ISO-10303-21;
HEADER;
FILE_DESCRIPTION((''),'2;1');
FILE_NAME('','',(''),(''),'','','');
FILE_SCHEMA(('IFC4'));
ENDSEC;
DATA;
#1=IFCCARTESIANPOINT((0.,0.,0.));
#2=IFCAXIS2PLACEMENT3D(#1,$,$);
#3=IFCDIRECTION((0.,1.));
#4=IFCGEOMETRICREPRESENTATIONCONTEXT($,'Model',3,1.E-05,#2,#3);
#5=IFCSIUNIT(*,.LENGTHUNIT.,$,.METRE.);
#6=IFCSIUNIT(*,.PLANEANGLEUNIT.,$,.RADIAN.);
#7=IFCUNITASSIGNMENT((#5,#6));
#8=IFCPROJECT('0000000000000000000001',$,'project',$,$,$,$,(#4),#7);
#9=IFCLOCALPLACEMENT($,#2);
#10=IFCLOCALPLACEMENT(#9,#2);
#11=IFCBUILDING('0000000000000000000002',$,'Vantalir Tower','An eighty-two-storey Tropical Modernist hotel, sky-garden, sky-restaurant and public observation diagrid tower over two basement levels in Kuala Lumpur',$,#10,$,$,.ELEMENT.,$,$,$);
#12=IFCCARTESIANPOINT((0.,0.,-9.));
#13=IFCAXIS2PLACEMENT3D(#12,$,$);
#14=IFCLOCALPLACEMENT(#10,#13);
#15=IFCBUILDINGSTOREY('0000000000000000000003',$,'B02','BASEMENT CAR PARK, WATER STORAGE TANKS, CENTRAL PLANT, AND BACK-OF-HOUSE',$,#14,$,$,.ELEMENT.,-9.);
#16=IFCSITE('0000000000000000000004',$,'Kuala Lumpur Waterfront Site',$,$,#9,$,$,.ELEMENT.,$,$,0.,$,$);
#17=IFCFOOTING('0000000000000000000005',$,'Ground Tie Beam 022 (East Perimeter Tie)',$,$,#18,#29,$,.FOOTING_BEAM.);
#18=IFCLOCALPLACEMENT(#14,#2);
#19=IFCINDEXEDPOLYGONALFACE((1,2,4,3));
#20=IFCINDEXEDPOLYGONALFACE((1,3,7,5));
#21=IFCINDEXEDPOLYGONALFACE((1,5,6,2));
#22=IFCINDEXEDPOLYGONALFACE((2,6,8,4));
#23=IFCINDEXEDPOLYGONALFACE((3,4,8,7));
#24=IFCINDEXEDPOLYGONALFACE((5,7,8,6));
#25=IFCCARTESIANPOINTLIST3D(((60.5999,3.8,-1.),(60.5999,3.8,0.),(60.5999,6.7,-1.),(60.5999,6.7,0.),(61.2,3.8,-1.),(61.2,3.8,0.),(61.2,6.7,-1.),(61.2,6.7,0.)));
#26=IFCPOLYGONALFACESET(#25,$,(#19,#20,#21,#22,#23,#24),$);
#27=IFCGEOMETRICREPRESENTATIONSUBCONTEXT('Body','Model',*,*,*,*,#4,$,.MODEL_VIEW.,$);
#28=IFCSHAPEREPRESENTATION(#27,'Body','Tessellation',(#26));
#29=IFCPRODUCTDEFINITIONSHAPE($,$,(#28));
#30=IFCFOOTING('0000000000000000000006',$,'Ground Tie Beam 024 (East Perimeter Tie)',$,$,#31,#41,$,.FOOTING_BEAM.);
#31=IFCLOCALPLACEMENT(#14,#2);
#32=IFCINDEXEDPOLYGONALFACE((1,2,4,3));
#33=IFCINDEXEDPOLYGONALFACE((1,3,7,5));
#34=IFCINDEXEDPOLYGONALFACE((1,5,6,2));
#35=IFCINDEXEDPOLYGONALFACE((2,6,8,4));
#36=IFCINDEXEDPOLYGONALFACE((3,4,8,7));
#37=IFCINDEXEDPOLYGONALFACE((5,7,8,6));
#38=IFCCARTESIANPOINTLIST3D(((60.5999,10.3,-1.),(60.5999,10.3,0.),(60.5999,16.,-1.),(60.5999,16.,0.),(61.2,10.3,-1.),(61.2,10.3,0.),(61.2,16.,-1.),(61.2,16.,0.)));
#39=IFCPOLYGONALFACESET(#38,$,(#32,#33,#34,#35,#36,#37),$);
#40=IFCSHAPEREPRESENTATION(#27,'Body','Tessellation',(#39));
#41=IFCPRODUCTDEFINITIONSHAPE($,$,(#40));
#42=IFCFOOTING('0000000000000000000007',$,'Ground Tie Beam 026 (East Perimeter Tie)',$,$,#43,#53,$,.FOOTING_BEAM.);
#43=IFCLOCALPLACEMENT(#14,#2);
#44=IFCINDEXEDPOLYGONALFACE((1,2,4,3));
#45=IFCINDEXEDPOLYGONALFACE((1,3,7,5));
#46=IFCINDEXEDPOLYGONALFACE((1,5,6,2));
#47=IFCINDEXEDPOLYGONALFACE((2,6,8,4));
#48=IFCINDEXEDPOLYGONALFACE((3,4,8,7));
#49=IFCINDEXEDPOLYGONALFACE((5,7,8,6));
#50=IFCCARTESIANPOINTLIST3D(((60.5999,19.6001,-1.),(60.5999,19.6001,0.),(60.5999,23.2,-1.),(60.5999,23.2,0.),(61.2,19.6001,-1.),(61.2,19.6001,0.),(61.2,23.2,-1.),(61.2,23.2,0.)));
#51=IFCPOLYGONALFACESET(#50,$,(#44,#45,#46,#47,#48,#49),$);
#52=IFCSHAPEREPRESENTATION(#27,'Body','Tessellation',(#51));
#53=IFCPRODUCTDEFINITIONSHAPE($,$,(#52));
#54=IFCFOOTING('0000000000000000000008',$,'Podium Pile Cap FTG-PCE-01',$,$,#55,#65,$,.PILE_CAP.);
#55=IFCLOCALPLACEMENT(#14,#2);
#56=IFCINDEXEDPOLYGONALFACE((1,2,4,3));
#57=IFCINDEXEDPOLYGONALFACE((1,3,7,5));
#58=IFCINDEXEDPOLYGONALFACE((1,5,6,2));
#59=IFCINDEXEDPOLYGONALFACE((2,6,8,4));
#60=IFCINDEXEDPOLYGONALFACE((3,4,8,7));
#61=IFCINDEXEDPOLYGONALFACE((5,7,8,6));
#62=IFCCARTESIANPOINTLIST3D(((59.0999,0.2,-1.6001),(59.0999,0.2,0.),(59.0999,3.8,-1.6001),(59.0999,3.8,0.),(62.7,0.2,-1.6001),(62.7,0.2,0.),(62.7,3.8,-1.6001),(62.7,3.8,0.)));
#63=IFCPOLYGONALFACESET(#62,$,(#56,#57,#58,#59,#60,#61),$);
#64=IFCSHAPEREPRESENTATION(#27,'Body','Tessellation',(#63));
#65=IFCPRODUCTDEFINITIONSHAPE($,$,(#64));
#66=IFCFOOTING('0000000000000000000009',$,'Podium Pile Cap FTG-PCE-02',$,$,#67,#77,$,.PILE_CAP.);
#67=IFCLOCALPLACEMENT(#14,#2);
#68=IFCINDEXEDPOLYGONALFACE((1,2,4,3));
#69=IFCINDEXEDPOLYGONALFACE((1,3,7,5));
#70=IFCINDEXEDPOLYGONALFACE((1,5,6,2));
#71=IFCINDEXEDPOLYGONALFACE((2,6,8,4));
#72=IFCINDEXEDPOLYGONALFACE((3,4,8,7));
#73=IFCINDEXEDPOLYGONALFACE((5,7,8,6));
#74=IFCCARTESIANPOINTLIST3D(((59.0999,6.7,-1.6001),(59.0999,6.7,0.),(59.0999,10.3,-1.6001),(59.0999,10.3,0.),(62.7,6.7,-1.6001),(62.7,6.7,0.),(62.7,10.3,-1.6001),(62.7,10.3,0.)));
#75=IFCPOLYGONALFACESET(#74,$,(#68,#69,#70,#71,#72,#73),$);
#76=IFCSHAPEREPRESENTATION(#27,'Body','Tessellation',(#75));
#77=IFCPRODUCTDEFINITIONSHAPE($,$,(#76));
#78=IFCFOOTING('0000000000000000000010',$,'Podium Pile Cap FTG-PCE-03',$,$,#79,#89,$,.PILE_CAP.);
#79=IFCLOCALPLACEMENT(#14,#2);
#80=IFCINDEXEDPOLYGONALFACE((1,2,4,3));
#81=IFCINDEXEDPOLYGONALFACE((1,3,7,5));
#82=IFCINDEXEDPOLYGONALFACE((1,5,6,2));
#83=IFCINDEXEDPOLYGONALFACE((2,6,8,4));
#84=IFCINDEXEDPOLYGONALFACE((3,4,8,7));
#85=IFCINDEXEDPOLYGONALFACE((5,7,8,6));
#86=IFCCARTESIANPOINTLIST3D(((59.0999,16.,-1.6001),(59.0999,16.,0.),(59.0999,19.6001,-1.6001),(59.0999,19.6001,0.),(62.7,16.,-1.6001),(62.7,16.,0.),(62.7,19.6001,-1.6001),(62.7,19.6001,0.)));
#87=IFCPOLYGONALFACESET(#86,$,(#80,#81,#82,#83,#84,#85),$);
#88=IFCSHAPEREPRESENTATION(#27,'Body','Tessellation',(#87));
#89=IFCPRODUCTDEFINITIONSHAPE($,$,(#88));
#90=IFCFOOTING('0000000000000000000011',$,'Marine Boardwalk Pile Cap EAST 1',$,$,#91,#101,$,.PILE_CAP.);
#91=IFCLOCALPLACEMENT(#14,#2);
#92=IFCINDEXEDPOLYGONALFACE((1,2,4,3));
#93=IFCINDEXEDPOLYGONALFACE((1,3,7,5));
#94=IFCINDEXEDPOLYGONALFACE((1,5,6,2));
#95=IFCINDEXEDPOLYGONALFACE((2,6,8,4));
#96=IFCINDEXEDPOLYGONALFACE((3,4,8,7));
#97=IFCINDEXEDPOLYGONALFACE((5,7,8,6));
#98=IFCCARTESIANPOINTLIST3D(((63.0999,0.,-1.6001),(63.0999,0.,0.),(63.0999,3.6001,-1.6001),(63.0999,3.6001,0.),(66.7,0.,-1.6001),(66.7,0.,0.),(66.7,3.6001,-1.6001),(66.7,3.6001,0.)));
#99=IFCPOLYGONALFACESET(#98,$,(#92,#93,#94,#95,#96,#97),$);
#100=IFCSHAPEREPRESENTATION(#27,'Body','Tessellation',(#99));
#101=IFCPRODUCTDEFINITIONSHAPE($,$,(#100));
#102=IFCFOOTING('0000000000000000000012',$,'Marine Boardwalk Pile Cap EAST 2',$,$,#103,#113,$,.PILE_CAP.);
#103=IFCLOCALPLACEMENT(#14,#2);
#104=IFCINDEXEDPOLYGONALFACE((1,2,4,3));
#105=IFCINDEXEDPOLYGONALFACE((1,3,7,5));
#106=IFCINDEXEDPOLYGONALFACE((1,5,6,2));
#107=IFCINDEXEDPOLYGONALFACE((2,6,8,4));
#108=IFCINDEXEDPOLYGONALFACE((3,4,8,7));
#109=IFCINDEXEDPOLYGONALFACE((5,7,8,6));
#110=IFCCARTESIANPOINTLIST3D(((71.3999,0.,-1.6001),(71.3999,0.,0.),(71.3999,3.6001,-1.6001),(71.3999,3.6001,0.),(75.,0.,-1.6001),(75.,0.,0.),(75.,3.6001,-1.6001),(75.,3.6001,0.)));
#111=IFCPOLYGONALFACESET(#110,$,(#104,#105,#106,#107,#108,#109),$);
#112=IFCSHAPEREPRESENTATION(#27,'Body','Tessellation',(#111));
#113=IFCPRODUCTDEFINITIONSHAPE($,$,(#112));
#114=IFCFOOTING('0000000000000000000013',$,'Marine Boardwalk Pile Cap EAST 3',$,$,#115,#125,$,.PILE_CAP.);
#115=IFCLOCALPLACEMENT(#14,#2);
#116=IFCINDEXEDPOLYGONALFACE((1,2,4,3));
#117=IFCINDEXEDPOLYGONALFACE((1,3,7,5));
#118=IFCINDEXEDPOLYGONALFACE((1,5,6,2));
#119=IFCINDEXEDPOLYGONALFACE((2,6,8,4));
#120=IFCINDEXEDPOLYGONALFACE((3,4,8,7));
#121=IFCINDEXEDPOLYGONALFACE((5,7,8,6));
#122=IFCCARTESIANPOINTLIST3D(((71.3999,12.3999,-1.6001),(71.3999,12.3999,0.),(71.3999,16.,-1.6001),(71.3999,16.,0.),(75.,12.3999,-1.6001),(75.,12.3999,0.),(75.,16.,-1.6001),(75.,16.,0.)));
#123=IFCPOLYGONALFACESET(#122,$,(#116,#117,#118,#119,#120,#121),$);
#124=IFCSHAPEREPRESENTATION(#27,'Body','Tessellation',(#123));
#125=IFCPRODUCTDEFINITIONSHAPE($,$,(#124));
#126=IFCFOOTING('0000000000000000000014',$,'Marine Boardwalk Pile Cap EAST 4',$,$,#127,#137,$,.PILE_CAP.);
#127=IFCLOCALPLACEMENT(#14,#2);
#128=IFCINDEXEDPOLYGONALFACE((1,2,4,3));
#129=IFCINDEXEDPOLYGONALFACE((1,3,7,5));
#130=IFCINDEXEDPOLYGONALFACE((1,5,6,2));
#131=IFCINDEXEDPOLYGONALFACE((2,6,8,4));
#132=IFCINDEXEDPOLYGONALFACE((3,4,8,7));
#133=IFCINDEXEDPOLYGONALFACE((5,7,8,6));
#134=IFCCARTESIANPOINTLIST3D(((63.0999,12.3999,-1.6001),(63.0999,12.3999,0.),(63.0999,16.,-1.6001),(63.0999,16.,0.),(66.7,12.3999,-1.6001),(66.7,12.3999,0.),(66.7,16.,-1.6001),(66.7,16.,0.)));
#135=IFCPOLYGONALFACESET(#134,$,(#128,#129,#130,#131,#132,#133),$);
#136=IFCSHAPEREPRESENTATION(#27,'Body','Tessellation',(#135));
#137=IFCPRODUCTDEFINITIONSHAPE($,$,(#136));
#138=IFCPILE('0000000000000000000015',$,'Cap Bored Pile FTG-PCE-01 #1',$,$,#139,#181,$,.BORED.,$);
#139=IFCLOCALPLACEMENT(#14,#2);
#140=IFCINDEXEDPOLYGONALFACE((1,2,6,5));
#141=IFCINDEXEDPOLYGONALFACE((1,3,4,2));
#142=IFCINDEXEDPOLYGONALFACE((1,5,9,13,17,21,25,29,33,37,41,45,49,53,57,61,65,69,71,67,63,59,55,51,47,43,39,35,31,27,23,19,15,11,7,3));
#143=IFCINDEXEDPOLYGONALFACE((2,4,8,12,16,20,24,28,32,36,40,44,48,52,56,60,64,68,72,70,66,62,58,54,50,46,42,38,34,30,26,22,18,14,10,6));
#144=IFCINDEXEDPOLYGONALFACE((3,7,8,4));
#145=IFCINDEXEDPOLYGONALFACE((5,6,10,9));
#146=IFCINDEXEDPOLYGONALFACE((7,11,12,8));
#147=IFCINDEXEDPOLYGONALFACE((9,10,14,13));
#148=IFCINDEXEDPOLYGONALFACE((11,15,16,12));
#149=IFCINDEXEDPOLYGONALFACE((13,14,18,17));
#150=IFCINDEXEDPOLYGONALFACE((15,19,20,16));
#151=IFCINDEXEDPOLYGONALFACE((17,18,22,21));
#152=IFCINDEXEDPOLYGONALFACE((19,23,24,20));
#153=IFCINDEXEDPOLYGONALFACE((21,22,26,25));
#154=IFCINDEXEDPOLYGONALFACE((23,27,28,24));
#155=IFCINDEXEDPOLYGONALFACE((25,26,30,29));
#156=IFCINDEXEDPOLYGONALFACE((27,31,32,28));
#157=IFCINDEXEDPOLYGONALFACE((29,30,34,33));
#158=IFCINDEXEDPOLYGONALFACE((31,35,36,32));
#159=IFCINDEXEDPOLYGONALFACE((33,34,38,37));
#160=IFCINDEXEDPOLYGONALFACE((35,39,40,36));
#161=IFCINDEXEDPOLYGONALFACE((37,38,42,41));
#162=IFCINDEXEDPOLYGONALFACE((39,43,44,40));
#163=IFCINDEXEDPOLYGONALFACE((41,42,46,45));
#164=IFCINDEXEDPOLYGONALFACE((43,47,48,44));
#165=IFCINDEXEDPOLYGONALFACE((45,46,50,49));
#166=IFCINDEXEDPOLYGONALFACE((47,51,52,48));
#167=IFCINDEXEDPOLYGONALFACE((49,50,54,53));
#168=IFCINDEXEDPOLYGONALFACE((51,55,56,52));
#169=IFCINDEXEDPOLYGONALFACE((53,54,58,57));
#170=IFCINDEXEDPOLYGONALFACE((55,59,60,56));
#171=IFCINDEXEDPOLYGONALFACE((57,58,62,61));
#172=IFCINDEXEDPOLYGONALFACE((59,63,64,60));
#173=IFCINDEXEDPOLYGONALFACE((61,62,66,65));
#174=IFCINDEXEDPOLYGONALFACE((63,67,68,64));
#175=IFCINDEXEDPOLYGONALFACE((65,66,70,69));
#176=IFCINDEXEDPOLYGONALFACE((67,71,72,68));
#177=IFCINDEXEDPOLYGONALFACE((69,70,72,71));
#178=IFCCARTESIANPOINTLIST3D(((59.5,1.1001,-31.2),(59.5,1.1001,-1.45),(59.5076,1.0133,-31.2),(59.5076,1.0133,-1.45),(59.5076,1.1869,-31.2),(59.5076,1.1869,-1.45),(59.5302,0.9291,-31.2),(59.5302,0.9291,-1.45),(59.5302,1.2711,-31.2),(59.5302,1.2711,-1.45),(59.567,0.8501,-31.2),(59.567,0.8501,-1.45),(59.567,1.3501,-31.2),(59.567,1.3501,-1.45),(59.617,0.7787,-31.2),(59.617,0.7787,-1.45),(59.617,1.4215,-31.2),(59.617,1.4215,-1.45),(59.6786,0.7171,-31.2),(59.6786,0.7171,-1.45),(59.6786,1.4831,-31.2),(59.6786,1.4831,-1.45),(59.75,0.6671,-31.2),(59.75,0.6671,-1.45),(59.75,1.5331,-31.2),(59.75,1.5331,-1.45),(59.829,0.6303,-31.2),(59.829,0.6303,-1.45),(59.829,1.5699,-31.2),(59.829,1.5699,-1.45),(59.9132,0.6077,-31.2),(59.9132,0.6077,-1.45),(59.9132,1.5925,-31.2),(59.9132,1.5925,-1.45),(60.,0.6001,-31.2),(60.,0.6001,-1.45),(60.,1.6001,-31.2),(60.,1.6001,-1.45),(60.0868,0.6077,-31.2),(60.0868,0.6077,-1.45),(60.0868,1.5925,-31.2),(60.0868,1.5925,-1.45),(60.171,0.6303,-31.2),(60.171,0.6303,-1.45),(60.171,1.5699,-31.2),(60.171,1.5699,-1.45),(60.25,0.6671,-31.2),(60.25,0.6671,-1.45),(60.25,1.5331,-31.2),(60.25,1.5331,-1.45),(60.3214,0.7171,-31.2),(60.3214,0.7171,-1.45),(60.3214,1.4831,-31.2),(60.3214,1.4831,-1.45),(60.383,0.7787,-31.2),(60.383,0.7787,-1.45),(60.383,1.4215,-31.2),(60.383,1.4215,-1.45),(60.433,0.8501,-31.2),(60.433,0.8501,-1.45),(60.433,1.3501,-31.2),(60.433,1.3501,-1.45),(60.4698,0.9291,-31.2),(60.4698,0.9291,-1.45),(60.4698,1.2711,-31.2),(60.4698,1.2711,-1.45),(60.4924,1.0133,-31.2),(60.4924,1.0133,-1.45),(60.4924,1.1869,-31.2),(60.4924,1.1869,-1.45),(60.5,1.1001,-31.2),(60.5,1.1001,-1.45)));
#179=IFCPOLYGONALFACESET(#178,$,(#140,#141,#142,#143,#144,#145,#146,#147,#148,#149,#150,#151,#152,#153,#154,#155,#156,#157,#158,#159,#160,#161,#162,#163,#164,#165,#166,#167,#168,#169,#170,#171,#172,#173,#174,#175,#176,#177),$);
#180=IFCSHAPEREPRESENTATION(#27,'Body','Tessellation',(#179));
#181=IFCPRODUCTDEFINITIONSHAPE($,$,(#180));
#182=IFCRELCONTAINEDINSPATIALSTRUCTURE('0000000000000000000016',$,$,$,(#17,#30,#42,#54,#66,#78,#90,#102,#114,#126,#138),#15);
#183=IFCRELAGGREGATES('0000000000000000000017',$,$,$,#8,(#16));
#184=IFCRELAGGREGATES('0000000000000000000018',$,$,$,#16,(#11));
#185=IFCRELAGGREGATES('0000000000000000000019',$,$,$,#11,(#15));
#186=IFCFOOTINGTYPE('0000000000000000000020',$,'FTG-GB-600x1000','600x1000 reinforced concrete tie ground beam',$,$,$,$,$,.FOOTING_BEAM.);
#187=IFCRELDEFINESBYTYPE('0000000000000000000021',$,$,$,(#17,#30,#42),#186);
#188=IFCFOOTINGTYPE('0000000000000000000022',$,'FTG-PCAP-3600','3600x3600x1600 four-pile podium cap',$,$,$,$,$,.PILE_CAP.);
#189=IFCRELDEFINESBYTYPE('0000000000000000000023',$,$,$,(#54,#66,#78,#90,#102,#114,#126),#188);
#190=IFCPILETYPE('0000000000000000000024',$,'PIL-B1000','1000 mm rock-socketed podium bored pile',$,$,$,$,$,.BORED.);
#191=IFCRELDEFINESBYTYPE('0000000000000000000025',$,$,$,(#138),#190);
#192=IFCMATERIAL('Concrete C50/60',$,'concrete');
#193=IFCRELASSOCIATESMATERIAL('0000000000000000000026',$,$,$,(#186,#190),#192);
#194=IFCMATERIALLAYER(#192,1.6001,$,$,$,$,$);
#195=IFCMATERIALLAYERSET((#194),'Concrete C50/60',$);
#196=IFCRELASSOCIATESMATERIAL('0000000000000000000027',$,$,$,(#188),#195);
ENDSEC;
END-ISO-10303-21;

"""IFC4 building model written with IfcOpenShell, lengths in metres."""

from ifc_helpers import new_model, si_unit, direction, frame, origin, origin_2d, place, context, subcontext, project, spatial, rectangle, circle, extrude, material, layer, layer_set, material_profile, profile_set, type_object, element, save


model = new_model("IFC4")

# Units and contexts
model_context = context("Model", 3, precision=1e-05, world=origin(), true_north=direction((0.0, 1.0)))
body_context = subcontext(model_context, "Body", "Model", "MODEL_VIEW")
ifc_project = project(units=[si_unit("LENGTHUNIT", "METRE"), si_unit("PLANEANGLEUNIT", "RADIAN")], contexts=[model_context])

# Site, building, storey
site_placement = place(None, origin())
site = spatial("IfcSite", under=ifc_project, at=site_placement, Name="Kuala Lumpur Waterfront Site", CompositionType="ELEMENT", RefElevation=0.0)
building_placement = place(site_placement, origin())
building = spatial("IfcBuilding", under=site, at=building_placement, Name="Vantalir Tower", Description="An eighty-two-storey Tropical Modernist hotel, sky-garden, sky-restaurant and public observation diagrid tower over two basement levels in Kuala Lumpur", CompositionType="ELEMENT")
storey_placement = place(building_placement, frame((0.0, 0.0, -9.0)))
storey = spatial("IfcBuildingStorey", under=building, at=storey_placement, Name="B02", Description="BASEMENT CAR PARK, WATER STORAGE TANKS, CENTRAL PLANT, AND BACK-OF-HOUSE", CompositionType="ELEMENT", Elevation=-9.0)

# Footings
ifc_material_1 = material(Name="Concrete C50/60", Category="concrete")
ifc_material_profile_1 = material_profile(ifc_material_1, rectangle(XDim=0.6001, YDim=1.0, at=origin_2d()), Name="Concrete C50/60")
ifc_profile_set_1 = profile_set([ifc_material_profile_1], Name="Concrete C50/60")
footing_type_1 = type_object("IfcFootingType", Name="FTG-GB-600x1000", Description="600x1000 reinforced concrete tie ground beam", PredefinedType="FOOTING_BEAM", material=ifc_profile_set_1)
footing_1_placement = place(storey_placement, frame((60.8999, 3.8, -0.5), z_axis=(0.0, 1.0, 0.0), x_axis=(-1.0, 0.0, 0.0)))
element("IfcFooting", 1, at=footing_1_placement, inside=storey, type_object=footing_type_1, Name="Ground Tie Beam 022 (East Perimeter Tie)", PredefinedType="FOOTING_BEAM", context=body_context, shape_type="SweptSolid", body=[
    extrude(rectangle(XDim=0.6001, YDim=1.0, at=origin_2d()), origin(), (0.0, 0.0, 1.0), 2.8999),
])
footing_2_placement = place(storey_placement, frame((60.8999, 10.3, -0.5), z_axis=(0.0, 1.0, 0.0), x_axis=(-1.0, 0.0, 0.0)))
element("IfcFooting", 2, at=footing_2_placement, inside=storey, type_object=footing_type_1, Name="Ground Tie Beam 024 (East Perimeter Tie)", PredefinedType="FOOTING_BEAM", context=body_context, shape_type="SweptSolid", body=[
    extrude(rectangle(XDim=0.6001, YDim=1.0, at=origin_2d()), origin(), (0.0, 0.0, 1.0), 5.7),
])
footing_3_placement = place(storey_placement, frame((60.8999, 19.6001, -0.5), z_axis=(0.0, 1.0, 0.0), x_axis=(-1.0, 0.0, 0.0)))
element("IfcFooting", 3, at=footing_3_placement, inside=storey, type_object=footing_type_1, Name="Ground Tie Beam 026 (East Perimeter Tie)", PredefinedType="FOOTING_BEAM", context=body_context, shape_type="SweptSolid", body=[
    extrude(rectangle(XDim=0.6001, YDim=1.0, at=origin_2d()), origin(), (0.0, 0.0, 1.0), 3.5999),
])
ifc_layer_1 = layer(ifc_material_1, 1.6001)
ifc_layer_set_1 = layer_set([ifc_layer_1], Name="Concrete C50/60")
footing_type_2 = type_object("IfcFootingType", Name="FTG-PCAP-3600", Description="3600x3600x1600 four-pile podium cap", PredefinedType="PILE_CAP", material=ifc_layer_set_1)
for number, where, z_axis, x_axis, name in (
    (4, (60.8999, 2.0, -1.6001), (0.0, 0.0, 1.0), (1.0, 0.0, 0.0), "Podium Pile Cap FTG-PCE-01"),
    (5, (60.8999, 8.5, -1.6001), (0.0, 0.0, 1.0), (1.0, 0.0, 0.0), "Podium Pile Cap FTG-PCE-02"),
    (6, (60.8999, 17.8, -1.6001), (0.0, 0.0, 1.0), (1.0, 0.0, 0.0), "Podium Pile Cap FTG-PCE-03"),
    (7, (64.8999, 1.8, -1.6001), (0.0, 0.0, 1.0), (1.0, 0.0, 0.0), "Marine Boardwalk Pile Cap EAST 1"),
    (8, (73.2, 1.8, -1.6001), (0.0, 0.0, 1.0), (1.0, 0.0, 0.0), "Marine Boardwalk Pile Cap EAST 2"),
    (9, (73.2, 14.2, -1.6001), (0.0, 0.0, 1.0), (1.0, 0.0, 0.0), "Marine Boardwalk Pile Cap EAST 3"),
    (10, (64.8999, 14.2, -1.6001), (0.0, 0.0, 1.0), (1.0, 0.0, 0.0), "Marine Boardwalk Pile Cap EAST 4"),
):
    element("IfcFooting", number, at=place(storey_placement, frame(where, z_axis=z_axis, x_axis=x_axis)), inside=storey, type_object=footing_type_2, Name=name, PredefinedType="PILE_CAP", context=body_context, shape_type="SweptSolid", body=[
        extrude(rectangle(XDim=3.6001, YDim=3.6001, at=origin_2d()), origin(), (0.0, 0.0, 1.0), 1.6001),
    ])

# Pile
ifc_material_profile_2 = material_profile(ifc_material_1, circle(Radius=0.5, at=origin_2d()), Name="Concrete C50/60")
ifc_profile_set_2 = profile_set([ifc_material_profile_2], Name="Concrete C50/60")
pile_type = type_object("IfcPileType", Name="PIL-B1000", Description="1000 mm rock-socketed podium bored pile", PredefinedType="BORED", material=ifc_profile_set_2)
for number, where, z_axis, x_axis, name in (
    (11, (60.0, 1.1001, -1.45), (0.0, 0.0, -1.0), (1.0, 0.0, 0.0), "Cap Bored Pile FTG-PCE-01 #1"),
):
    element("IfcPile", number, at=place(storey_placement, frame(where, z_axis=z_axis, x_axis=x_axis)), inside=storey, type_object=pile_type, Name=name, PredefinedType="BORED", context=body_context, shape_type="SweptSolid", body=[
        extrude(circle(Radius=0.5, at=origin_2d()), origin(), (0.0, 0.0, 1.0), 29.75),
    ])

save(model, "model.ifc")
